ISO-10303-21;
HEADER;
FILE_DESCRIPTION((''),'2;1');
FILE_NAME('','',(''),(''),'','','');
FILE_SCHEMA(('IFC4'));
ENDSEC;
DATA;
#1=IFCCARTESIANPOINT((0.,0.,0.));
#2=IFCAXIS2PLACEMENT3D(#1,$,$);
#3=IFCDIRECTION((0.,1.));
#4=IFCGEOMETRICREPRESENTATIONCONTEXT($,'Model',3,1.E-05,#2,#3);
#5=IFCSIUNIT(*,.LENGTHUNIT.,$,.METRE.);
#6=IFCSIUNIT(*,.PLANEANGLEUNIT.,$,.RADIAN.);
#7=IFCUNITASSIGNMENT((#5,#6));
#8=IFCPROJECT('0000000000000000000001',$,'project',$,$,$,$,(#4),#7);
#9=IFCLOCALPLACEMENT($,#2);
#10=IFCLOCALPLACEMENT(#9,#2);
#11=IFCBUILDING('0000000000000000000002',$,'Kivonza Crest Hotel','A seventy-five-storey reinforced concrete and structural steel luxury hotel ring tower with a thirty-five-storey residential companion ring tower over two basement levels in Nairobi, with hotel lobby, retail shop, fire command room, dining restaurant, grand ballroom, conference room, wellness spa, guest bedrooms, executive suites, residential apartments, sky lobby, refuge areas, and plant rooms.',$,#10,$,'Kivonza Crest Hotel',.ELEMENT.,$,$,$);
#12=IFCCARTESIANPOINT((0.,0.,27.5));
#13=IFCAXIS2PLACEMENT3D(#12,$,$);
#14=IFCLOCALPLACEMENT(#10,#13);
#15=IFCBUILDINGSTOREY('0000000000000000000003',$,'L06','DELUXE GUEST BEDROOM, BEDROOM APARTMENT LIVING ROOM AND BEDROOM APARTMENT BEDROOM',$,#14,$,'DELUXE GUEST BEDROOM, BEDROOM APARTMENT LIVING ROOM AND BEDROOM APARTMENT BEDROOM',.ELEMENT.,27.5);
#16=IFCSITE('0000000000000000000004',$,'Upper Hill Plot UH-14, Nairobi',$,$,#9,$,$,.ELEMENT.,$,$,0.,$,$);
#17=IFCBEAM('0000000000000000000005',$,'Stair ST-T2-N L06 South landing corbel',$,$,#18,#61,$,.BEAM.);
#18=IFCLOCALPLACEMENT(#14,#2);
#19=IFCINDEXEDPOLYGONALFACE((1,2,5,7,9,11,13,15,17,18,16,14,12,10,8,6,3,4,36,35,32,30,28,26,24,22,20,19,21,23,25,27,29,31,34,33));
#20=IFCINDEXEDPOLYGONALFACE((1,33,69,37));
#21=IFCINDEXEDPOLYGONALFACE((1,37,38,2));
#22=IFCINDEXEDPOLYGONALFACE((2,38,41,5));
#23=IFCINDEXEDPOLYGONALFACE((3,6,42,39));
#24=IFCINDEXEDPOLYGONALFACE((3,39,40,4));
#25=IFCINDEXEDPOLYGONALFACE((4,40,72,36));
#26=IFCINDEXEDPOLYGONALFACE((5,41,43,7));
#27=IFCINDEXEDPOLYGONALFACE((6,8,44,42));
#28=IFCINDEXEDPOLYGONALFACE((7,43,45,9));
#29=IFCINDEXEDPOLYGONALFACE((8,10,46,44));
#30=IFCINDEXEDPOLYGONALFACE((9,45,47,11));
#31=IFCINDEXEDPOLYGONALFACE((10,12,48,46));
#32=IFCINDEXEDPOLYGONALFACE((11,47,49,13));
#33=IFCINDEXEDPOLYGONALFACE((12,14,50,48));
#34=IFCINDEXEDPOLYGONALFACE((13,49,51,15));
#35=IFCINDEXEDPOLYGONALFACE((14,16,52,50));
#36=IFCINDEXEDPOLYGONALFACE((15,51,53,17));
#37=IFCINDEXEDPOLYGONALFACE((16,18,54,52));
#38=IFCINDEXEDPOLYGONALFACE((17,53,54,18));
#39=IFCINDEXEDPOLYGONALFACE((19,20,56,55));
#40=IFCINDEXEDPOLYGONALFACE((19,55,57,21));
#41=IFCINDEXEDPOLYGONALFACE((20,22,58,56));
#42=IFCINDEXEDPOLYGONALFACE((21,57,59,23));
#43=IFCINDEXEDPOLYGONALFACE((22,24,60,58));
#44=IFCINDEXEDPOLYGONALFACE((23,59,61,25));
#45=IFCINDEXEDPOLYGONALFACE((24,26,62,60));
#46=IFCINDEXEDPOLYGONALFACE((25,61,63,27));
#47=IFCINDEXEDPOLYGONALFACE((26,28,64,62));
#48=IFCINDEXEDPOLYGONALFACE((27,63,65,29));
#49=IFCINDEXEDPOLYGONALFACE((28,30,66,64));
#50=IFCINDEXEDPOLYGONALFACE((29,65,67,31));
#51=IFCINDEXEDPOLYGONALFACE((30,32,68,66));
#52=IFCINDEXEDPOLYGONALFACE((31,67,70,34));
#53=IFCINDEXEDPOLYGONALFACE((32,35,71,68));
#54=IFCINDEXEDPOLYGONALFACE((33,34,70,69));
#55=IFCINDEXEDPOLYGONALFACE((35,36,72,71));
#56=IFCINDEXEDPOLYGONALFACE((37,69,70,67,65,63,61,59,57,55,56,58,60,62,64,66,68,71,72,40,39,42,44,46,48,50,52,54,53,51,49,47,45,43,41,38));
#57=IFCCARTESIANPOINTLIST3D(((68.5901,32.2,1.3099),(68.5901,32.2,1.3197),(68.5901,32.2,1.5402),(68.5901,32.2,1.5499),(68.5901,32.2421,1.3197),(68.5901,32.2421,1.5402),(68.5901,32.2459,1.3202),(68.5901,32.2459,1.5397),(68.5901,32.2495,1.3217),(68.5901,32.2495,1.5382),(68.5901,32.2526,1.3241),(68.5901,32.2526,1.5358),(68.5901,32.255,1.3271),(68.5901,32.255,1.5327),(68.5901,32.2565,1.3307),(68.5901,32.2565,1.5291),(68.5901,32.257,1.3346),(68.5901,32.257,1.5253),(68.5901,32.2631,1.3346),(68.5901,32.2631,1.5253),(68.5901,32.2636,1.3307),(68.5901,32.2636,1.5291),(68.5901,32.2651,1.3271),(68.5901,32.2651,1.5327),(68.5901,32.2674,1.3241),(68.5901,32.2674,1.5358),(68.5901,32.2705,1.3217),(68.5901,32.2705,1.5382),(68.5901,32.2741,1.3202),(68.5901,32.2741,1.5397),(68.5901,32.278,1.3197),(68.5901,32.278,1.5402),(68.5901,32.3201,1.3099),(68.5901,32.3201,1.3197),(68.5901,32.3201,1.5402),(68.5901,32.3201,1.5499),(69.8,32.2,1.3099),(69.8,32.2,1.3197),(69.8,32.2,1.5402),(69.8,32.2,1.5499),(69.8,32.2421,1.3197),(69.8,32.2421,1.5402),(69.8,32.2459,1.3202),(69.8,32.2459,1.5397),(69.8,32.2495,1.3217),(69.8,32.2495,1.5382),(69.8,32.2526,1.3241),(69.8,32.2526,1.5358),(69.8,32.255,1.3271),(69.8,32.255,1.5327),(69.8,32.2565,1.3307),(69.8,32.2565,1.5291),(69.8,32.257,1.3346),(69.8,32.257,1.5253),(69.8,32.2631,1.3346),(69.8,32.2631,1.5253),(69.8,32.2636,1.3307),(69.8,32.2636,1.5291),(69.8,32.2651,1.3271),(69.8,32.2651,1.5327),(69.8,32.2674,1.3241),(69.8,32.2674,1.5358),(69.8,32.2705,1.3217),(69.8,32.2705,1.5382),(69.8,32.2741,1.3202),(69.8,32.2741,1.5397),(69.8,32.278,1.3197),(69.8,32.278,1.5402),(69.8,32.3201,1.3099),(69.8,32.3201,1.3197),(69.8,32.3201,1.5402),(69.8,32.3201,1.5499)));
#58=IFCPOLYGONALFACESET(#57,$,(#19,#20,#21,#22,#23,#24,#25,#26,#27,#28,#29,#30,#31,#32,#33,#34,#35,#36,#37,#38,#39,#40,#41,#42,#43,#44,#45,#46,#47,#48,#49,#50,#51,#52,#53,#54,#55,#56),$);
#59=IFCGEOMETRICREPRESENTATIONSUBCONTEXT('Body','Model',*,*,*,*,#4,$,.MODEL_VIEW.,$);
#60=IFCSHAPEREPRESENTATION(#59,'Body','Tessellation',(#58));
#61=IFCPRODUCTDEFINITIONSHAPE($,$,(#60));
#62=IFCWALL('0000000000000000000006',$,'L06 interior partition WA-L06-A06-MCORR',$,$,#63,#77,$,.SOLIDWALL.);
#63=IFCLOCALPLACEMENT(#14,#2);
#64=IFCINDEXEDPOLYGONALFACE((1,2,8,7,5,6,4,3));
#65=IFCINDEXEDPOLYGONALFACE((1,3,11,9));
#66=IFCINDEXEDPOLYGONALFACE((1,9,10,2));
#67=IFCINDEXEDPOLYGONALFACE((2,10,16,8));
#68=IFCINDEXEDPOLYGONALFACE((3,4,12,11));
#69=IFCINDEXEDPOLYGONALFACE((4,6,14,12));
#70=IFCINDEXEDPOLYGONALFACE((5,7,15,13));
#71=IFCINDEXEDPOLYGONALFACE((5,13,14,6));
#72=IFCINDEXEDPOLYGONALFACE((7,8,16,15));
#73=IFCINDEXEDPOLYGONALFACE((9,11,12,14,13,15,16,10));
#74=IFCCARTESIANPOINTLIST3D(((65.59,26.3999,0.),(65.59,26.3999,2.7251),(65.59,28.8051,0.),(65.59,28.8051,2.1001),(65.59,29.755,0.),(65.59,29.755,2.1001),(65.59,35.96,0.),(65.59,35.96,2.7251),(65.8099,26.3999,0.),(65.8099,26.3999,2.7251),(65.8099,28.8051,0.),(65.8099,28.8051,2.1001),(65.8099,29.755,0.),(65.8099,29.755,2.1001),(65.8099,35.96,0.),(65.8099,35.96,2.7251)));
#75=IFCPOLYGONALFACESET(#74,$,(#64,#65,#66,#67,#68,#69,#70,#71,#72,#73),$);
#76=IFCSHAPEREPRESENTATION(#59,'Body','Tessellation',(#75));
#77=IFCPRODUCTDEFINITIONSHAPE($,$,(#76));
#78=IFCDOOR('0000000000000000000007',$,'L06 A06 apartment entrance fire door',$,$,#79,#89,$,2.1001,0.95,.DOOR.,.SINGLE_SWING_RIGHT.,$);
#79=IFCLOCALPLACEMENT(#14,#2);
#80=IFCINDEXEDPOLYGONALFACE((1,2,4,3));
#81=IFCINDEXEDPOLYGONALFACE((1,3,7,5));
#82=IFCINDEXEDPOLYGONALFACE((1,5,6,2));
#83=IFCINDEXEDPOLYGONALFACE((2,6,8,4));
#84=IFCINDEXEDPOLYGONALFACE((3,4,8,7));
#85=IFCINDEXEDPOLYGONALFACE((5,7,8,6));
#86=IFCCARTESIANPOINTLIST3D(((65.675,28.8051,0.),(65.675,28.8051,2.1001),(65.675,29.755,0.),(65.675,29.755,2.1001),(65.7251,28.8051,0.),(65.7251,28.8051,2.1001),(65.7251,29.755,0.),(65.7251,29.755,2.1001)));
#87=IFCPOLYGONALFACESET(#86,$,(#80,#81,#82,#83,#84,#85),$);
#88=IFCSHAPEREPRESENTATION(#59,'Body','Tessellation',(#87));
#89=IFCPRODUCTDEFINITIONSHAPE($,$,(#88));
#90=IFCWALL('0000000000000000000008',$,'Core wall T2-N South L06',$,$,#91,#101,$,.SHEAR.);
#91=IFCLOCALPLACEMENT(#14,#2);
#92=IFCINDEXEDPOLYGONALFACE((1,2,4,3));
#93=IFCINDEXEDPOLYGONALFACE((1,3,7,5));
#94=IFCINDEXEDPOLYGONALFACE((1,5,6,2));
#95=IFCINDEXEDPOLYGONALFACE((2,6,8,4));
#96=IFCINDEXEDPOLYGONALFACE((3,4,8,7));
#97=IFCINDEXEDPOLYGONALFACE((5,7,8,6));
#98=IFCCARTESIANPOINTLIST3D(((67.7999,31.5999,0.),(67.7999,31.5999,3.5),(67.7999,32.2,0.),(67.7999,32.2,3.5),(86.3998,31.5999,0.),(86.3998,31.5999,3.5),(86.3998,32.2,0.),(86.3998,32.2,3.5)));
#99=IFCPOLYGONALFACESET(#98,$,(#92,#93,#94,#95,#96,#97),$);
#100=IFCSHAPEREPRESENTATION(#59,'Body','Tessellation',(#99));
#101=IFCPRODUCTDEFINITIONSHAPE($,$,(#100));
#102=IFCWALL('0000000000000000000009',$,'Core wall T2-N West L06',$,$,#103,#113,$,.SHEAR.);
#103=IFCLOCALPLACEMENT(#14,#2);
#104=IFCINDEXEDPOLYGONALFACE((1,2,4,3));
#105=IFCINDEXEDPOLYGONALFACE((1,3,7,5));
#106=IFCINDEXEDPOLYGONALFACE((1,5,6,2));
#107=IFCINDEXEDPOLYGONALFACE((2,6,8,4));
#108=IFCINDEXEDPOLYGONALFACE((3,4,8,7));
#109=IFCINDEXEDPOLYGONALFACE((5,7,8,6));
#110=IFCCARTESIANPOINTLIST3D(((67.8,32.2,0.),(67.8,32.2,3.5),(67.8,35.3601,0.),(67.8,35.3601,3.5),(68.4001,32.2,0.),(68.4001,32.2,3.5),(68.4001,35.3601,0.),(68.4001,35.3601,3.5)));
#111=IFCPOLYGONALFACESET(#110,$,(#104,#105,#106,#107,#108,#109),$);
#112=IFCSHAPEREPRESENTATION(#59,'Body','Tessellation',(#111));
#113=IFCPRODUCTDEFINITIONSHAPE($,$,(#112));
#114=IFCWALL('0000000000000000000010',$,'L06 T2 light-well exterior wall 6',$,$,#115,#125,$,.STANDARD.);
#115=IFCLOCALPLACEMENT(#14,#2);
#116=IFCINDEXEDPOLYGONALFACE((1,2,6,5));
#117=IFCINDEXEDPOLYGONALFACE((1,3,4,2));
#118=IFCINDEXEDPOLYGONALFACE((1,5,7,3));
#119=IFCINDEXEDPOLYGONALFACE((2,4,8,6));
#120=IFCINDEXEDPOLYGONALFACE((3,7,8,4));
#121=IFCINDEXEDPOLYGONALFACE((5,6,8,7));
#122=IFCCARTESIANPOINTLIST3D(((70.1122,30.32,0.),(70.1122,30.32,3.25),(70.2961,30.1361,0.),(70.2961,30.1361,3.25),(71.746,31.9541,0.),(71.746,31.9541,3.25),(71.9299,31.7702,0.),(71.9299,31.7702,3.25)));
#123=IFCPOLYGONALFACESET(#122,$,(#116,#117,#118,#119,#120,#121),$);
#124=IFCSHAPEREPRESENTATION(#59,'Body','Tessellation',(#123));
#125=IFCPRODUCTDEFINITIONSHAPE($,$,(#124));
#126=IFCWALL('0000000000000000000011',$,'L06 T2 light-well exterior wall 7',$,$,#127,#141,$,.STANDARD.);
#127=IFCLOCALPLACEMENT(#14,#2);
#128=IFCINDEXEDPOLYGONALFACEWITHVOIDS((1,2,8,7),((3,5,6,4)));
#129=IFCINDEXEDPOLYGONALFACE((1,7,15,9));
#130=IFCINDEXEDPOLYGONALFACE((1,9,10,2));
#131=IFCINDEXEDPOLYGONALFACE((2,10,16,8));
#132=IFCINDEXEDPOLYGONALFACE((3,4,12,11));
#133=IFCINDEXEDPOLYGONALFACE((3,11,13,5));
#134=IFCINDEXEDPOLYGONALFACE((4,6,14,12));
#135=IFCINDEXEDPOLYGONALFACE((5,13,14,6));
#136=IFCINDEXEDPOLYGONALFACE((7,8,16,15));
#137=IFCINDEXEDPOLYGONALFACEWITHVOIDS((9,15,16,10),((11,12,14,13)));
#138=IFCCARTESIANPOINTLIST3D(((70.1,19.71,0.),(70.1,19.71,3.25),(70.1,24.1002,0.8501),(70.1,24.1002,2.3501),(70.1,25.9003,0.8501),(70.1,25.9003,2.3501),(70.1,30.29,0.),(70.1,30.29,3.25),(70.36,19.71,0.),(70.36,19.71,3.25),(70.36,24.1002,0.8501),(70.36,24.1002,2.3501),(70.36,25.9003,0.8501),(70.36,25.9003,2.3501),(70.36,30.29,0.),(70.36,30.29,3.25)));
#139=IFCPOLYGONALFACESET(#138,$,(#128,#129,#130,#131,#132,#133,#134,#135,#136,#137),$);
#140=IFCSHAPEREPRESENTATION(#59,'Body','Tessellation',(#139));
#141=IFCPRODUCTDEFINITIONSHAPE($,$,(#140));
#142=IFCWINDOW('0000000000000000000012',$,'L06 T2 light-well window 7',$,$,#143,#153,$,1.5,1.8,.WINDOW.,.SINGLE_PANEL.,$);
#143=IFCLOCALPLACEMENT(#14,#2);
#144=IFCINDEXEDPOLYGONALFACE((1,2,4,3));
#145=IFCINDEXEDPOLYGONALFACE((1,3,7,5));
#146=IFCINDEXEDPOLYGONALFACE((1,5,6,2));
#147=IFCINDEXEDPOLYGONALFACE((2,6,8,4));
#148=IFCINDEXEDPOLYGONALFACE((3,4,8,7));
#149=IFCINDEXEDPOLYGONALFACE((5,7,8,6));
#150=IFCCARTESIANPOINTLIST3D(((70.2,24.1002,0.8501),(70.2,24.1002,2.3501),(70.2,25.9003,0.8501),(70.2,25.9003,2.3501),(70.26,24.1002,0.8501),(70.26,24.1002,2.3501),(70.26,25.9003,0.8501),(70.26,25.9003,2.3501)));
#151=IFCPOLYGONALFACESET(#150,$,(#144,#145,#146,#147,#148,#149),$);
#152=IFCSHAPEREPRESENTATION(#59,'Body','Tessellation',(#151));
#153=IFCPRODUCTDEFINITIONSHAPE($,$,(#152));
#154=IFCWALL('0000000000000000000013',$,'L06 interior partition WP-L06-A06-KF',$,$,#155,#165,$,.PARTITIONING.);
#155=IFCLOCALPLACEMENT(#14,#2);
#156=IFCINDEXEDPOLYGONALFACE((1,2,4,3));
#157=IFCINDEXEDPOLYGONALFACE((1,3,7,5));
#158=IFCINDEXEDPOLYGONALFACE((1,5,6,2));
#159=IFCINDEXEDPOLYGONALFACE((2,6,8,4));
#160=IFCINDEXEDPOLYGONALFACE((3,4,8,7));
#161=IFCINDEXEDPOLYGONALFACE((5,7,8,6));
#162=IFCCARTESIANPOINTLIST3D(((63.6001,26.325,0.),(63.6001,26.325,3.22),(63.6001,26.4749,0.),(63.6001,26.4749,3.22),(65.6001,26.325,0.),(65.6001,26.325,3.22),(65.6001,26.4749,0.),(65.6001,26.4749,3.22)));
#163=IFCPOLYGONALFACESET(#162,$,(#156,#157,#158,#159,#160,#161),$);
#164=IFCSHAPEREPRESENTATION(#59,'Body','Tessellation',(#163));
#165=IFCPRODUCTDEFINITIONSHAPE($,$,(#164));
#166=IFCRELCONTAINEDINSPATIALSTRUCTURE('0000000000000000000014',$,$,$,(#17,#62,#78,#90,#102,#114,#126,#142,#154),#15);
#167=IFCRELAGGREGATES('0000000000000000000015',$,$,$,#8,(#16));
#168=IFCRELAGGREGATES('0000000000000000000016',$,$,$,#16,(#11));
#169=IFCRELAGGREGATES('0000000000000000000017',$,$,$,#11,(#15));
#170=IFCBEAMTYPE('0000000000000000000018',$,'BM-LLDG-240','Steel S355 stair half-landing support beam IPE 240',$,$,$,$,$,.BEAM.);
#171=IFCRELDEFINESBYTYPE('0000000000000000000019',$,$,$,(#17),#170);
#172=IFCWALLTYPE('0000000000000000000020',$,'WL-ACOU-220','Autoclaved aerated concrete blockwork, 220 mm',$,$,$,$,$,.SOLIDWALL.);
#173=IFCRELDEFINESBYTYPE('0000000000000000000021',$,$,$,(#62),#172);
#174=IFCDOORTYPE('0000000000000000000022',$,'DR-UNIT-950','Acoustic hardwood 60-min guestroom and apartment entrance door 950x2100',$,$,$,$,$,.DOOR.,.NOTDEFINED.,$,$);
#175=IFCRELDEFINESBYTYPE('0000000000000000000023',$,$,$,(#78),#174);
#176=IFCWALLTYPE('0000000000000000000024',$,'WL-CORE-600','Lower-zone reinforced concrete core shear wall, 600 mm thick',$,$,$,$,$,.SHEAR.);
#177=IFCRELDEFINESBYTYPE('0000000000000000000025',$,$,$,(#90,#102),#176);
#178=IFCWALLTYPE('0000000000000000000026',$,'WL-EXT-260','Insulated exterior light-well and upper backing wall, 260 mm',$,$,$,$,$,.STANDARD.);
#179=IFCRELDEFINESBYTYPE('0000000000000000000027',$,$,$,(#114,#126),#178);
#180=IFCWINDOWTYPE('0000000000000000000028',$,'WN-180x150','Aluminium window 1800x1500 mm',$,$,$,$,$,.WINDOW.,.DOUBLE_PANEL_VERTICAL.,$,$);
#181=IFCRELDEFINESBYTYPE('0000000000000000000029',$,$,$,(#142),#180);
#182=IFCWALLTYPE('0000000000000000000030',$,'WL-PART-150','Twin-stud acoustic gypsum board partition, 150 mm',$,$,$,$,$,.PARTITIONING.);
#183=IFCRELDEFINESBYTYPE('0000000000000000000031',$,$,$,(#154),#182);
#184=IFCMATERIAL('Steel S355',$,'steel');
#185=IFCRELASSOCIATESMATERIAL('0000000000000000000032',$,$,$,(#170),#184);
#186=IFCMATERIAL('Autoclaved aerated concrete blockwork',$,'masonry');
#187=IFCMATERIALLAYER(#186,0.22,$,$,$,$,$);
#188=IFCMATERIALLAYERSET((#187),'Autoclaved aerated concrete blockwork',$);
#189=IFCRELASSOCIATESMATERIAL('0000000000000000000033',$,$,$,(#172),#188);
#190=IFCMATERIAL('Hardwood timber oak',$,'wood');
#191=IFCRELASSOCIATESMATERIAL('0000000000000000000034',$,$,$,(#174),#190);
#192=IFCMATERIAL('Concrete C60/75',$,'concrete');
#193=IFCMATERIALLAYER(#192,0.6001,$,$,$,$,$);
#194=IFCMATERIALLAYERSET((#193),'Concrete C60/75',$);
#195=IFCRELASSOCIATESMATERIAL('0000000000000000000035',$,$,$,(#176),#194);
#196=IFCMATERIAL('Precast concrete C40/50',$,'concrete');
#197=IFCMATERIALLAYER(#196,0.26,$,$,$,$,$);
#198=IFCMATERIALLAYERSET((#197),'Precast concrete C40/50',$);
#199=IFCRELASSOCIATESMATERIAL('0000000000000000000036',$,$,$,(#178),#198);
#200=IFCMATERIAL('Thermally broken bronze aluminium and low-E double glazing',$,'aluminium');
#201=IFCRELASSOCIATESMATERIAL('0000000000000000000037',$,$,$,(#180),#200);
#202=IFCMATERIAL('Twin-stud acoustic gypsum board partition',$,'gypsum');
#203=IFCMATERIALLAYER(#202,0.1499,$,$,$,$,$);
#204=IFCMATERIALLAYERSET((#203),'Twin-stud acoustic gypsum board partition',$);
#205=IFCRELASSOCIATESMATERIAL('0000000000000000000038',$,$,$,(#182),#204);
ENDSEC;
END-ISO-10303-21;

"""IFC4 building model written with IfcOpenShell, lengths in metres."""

from ifc_helpers import new_model, si_unit, direction, frame, frame_2d, origin, origin_2d, place, context, subcontext, project, spatial, rectangle, i_section, extrude, material, layer, layer_set, material_profile, profile_set, type_object, element, fill, save


model = new_model("IFC4")

# Units and contexts
model_context = context("Model", 3, precision=1e-05, world=origin(), true_north=direction((0.0, 1.0)))
body_context = subcontext(model_context, "Body", "Model", "MODEL_VIEW")
ifc_project = project(units=[si_unit("LENGTHUNIT", "METRE"), si_unit("PLANEANGLEUNIT", "RADIAN")], contexts=[model_context])

# Site, building, storey
site_placement = place(None, origin())
site = spatial("IfcSite", under=ifc_project, at=site_placement, Name="Upper Hill Plot UH-14, Nairobi", CompositionType="ELEMENT", RefElevation=0.0)
building_placement = place(site_placement, origin())
building = spatial("IfcBuilding", under=site, at=building_placement, Name="Kivonza Crest Hotel", Description="A seventy-five-storey reinforced concrete and structural steel luxury hotel ring tower with a thirty-five-storey residential companion ring tower over two basement levels in Nairobi, with hotel lobby, retail shop, fire command room, dining restaurant, grand ballroom, conference room, wellness spa, guest bedrooms, executive suites, residential apartments, sky lobby, refuge areas, and plant rooms.", LongName="Kivonza Crest Hotel", CompositionType="ELEMENT")
storey_placement = place(building_placement, frame((0.0, 0.0, 27.5)))
storey = spatial("IfcBuildingStorey", under=building, at=storey_placement, Name="L06", Description="DELUXE GUEST BEDROOM, BEDROOM APARTMENT LIVING ROOM AND BEDROOM APARTMENT BEDROOM", LongName="DELUXE GUEST BEDROOM, BEDROOM APARTMENT LIVING ROOM AND BEDROOM APARTMENT BEDROOM", CompositionType="ELEMENT", Elevation=27.5)

# Beam
ifc_material_1 = material(Name="Steel S355", Category="steel")
ifc_material_profile_1 = material_profile(ifc_material_1, i_section(OverallWidth=0.1201, OverallDepth=0.24, WebThickness=0.0061, FlangeThickness=0.0098, FilletRadius=0.0149, at=origin_2d()), Name="IPE 240")
ifc_profile_set_1 = profile_set([ifc_material_profile_1], Name="Steel S355")
beam_type_1 = type_object("IfcBeamType", Name="BM-LLDG-240", Description="Steel S355 stair half-landing support beam IPE 240", PredefinedType="BEAM", material=ifc_profile_set_1)
beam_1_placement = place(storey_placement, frame((68.5901, 32.26, 1.4299), z_axis=(1.0, 0.0, 0.0), x_axis=(0.0, 1.0, 0.0)))
element("IfcBeam", 1, at=beam_1_placement, inside=storey, type_object=beam_type_1, Name="Stair ST-T2-N L06 South landing corbel", PredefinedType="BEAM", context=body_context, shape_type="SweptSolid", body=[
    extrude(i_section(OverallWidth=0.1201, OverallDepth=0.24, WebThickness=0.0061, FlangeThickness=0.0098, FilletRadius=0.0149, at=origin_2d()), origin(), (0.0, 0.0, 1.0), 1.21),
])

# Wall, opening, door
ifc_material_2 = material(Name="Autoclaved aerated concrete blockwork", Category="masonry")
ifc_layer_1 = layer(ifc_material_2, 0.22)
ifc_layer_set_1 = layer_set([ifc_layer_1], Name="Autoclaved aerated concrete blockwork")
wall_type_1 = type_object("IfcWallType", Name="WL-ACOU-220", Description="Autoclaved aerated concrete blockwork, 220 mm", PredefinedType="SOLIDWALL", material=ifc_layer_set_1)
wall_1_placement = place(storey_placement, frame((65.7, 26.3999, 0.0), z_axis=(0.0, 0.0, 1.0), x_axis=(0.0, 1.0, 0.0)))
wall_1 = element("IfcWall", 2, at=wall_1_placement, inside=storey, type_object=wall_type_1, Name="L06 interior partition WA-L06-A06-MCORR", PredefinedType="SOLIDWALL", context=body_context, shape_type="SweptSolid", body=[
    extrude(rectangle(XDim=9.5601, YDim=0.22, at=frame_2d((4.78, 0.0))), origin(), (0.0, 0.0, 1.0), 2.7251),
])
opening_1_placement = place(wall_1_placement, frame((2.405, 0.0, 0.0)))
opening_1 = element("IfcOpeningElement", 3, at=opening_1_placement, cuts=wall_1, PredefinedType="OPENING", context=body_context, shape_type="SweptSolid", body=[
    extrude(rectangle(XDim=0.95, YDim=2.1001, at=frame_2d((0.4751, 1.05))), frame((0.0, 0.1201, 0.0), z_axis=(0.0, -1.0, 0.0), x_axis=(1.0, 0.0, 0.0)), (0.0, 0.0, 1.0), 0.24),
])
ifc_material_3 = material(Name="Hardwood timber oak", Category="wood")
door_type_1 = type_object("IfcDoorType", Name="DR-UNIT-950", Description="Acoustic hardwood 60-min guestroom and apartment entrance door 950x2100", OperationType="NOTDEFINED", PredefinedType="DOOR", material=ifc_material_3)
door_1_placement = place(opening_1_placement, origin())
door_1 = element("IfcDoor", 4, at=door_1_placement, inside=storey, type_object=door_type_1, Name="L06 A06 apartment entrance fire door", OperationType="SINGLE_SWING_RIGHT", OverallHeight=2.1001, OverallWidth=0.95, PredefinedType="DOOR", context=body_context, shape_type="SweptSolid", body=[
    extrude(rectangle(XDim=0.95, YDim=2.1001, at=frame_2d((0.4751, 1.05))), frame((0.0, 0.0249, 0.0), z_axis=(0.0, -1.0, 0.0), x_axis=(1.0, 0.0, 0.0)), (0.0, 0.0, 1.0), 0.05),
])
fill(opening_1, door_1)

# Walls
ifc_material_4 = material(Name="Concrete C60/75", Category="concrete")
ifc_layer_2 = layer(ifc_material_4, 0.6001)
ifc_layer_set_2 = layer_set([ifc_layer_2], Name="Concrete C60/75")
wall_type_2 = type_object("IfcWallType", Name="WL-CORE-600", Description="Lower-zone reinforced concrete core shear wall, 600 mm thick", PredefinedType="SHEAR", material=ifc_layer_set_2)
wall_2_placement = place(storey_placement, frame((67.8, 31.8999, 0.0), z_axis=(0.0, 0.0, 1.0), x_axis=(1.0, 0.0, 0.0)))
element("IfcWall", 5, at=wall_2_placement, inside=storey, type_object=wall_type_2, Name="Core wall T2-N South L06", PredefinedType="SHEAR", context=body_context, shape_type="SweptSolid", body=[
    extrude(rectangle(XDim=18.5999, YDim=0.6001, at=frame_2d((9.2998, 0.0))), origin(), (0.0, 0.0, 1.0), 3.5),
])
wall_3_placement = place(storey_placement, frame((68.1001, 32.2, 0.0), z_axis=(0.0, 0.0, 1.0), x_axis=(0.0, 1.0, 0.0)))
element("IfcWall", 6, at=wall_3_placement, inside=storey, type_object=wall_type_2, Name="Core wall T2-N West L06", PredefinedType="SHEAR", context=body_context, shape_type="SweptSolid", body=[
    extrude(rectangle(XDim=3.1602, YDim=0.6001, at=frame_2d((1.5801, 0.0))), origin(), (0.0, 0.0, 1.0), 3.5),
])
ifc_material_5 = material(Name="Precast concrete C40/50", Category="concrete")
ifc_layer_3 = layer(ifc_material_5, 0.26)
ifc_layer_set_3 = layer_set([ifc_layer_3], Name="Precast concrete C40/50")
wall_type_3 = type_object("IfcWallType", Name="WL-EXT-260", Description="Insulated exterior light-well and upper backing wall, 260 mm", PredefinedType="STANDARD", material=ifc_layer_set_3)
wall_4_placement = place(storey_placement, frame((71.8379, 31.8621, 0.0), z_axis=(0.0, 0.0, 1.0), x_axis=(-0.707054, -0.70716, 0.0)))
element("IfcWall", 7, at=wall_4_placement, inside=storey, type_object=wall_type_3, Name="L06 T2 light-well exterior wall 6", PredefinedType="STANDARD", context=body_context, shape_type="SweptSolid", body=[
    extrude(rectangle(XDim=2.3108, YDim=0.26, at=frame_2d((1.1553, 0.0))), origin(), (0.0, 0.0, 1.0), 3.25),
])

# Wall, opening, window
wall_5_placement = place(storey_placement, frame((70.23, 30.29, 0.0), z_axis=(0.0, 0.0, 1.0), x_axis=(0.0, -1.0, 0.0)))
wall_5 = element("IfcWall", 8, at=wall_5_placement, inside=storey, type_object=wall_type_3, Name="L06 T2 light-well exterior wall 7", PredefinedType="STANDARD", context=body_context, shape_type="SweptSolid", body=[
    extrude(rectangle(XDim=10.5801, YDim=0.26, at=frame_2d((5.29, 0.0))), origin(), (0.0, 0.0, 1.0), 3.25),
])
opening_2_placement = place(wall_5_placement, frame((4.3899, 0.0, 0.8501)))
opening_2 = element("IfcOpeningElement", 9, at=opening_2_placement, cuts=wall_5, PredefinedType="OPENING", context=body_context, shape_type="SweptSolid", body=[
    extrude(rectangle(XDim=1.8, YDim=1.5, at=frame_2d((0.8999, 0.75))), frame((0.0, 0.1401, 0.0), z_axis=(0.0, -1.0, 0.0), x_axis=(1.0, 0.0, 0.0)), (0.0, 0.0, 1.0), 0.28),
])
ifc_material_6 = material(Name="Thermally broken bronze aluminium and low-E double glazing", Category="aluminium")
window_type = type_object("IfcWindowType", Name="WN-180x150", Description="Aluminium window 1800x1500 mm", PartitioningType="DOUBLE_PANEL_VERTICAL", PredefinedType="WINDOW", material=ifc_material_6)
window_placement = place(opening_2_placement, origin())
window = element("IfcWindow", 10, at=window_placement, inside=storey, type_object=window_type, Name="L06 T2 light-well window 7", OverallHeight=1.5, OverallWidth=1.8, PartitioningType="SINGLE_PANEL", PredefinedType="WINDOW", context=body_context, shape_type="SweptSolid", body=[
    extrude(rectangle(XDim=1.8, YDim=1.5, at=frame_2d((0.8999, 0.75))), frame((0.0, 0.03, 0.0), z_axis=(0.0, -1.0, 0.0), x_axis=(1.0, 0.0, 0.0)), (0.0, 0.0, 1.0), 0.0601),
])
fill(opening_2, window)

# Wall
ifc_material_7 = material(Name="Twin-stud acoustic gypsum board partition", Category="gypsum")
ifc_layer_4 = layer(ifc_material_7, 0.1499)
ifc_layer_set_4 = layer_set([ifc_layer_4], Name="Twin-stud acoustic gypsum board partition")
wall_type_4 = type_object("IfcWallType", Name="WL-PART-150", Description="Twin-stud acoustic gypsum board partition, 150 mm", PredefinedType="PARTITIONING", material=ifc_layer_set_4)
wall_6_placement = place(storey_placement, frame((63.6001, 26.3999, 0.0), z_axis=(0.0, 0.0, 1.0), x_axis=(1.0, 0.0, 0.0)))
element("IfcWall", 11, at=wall_6_placement, inside=storey, type_object=wall_type_4, Name="L06 interior partition WP-L06-A06-KF", PredefinedType="PARTITIONING", context=body_context, shape_type="SweptSolid", body=[
    extrude(rectangle(XDim=2.0, YDim=0.1499, at=frame_2d((1.0, 0.0))), origin(), (0.0, 0.0, 1.0), 3.22),
])

save(model, "model.ifc")
